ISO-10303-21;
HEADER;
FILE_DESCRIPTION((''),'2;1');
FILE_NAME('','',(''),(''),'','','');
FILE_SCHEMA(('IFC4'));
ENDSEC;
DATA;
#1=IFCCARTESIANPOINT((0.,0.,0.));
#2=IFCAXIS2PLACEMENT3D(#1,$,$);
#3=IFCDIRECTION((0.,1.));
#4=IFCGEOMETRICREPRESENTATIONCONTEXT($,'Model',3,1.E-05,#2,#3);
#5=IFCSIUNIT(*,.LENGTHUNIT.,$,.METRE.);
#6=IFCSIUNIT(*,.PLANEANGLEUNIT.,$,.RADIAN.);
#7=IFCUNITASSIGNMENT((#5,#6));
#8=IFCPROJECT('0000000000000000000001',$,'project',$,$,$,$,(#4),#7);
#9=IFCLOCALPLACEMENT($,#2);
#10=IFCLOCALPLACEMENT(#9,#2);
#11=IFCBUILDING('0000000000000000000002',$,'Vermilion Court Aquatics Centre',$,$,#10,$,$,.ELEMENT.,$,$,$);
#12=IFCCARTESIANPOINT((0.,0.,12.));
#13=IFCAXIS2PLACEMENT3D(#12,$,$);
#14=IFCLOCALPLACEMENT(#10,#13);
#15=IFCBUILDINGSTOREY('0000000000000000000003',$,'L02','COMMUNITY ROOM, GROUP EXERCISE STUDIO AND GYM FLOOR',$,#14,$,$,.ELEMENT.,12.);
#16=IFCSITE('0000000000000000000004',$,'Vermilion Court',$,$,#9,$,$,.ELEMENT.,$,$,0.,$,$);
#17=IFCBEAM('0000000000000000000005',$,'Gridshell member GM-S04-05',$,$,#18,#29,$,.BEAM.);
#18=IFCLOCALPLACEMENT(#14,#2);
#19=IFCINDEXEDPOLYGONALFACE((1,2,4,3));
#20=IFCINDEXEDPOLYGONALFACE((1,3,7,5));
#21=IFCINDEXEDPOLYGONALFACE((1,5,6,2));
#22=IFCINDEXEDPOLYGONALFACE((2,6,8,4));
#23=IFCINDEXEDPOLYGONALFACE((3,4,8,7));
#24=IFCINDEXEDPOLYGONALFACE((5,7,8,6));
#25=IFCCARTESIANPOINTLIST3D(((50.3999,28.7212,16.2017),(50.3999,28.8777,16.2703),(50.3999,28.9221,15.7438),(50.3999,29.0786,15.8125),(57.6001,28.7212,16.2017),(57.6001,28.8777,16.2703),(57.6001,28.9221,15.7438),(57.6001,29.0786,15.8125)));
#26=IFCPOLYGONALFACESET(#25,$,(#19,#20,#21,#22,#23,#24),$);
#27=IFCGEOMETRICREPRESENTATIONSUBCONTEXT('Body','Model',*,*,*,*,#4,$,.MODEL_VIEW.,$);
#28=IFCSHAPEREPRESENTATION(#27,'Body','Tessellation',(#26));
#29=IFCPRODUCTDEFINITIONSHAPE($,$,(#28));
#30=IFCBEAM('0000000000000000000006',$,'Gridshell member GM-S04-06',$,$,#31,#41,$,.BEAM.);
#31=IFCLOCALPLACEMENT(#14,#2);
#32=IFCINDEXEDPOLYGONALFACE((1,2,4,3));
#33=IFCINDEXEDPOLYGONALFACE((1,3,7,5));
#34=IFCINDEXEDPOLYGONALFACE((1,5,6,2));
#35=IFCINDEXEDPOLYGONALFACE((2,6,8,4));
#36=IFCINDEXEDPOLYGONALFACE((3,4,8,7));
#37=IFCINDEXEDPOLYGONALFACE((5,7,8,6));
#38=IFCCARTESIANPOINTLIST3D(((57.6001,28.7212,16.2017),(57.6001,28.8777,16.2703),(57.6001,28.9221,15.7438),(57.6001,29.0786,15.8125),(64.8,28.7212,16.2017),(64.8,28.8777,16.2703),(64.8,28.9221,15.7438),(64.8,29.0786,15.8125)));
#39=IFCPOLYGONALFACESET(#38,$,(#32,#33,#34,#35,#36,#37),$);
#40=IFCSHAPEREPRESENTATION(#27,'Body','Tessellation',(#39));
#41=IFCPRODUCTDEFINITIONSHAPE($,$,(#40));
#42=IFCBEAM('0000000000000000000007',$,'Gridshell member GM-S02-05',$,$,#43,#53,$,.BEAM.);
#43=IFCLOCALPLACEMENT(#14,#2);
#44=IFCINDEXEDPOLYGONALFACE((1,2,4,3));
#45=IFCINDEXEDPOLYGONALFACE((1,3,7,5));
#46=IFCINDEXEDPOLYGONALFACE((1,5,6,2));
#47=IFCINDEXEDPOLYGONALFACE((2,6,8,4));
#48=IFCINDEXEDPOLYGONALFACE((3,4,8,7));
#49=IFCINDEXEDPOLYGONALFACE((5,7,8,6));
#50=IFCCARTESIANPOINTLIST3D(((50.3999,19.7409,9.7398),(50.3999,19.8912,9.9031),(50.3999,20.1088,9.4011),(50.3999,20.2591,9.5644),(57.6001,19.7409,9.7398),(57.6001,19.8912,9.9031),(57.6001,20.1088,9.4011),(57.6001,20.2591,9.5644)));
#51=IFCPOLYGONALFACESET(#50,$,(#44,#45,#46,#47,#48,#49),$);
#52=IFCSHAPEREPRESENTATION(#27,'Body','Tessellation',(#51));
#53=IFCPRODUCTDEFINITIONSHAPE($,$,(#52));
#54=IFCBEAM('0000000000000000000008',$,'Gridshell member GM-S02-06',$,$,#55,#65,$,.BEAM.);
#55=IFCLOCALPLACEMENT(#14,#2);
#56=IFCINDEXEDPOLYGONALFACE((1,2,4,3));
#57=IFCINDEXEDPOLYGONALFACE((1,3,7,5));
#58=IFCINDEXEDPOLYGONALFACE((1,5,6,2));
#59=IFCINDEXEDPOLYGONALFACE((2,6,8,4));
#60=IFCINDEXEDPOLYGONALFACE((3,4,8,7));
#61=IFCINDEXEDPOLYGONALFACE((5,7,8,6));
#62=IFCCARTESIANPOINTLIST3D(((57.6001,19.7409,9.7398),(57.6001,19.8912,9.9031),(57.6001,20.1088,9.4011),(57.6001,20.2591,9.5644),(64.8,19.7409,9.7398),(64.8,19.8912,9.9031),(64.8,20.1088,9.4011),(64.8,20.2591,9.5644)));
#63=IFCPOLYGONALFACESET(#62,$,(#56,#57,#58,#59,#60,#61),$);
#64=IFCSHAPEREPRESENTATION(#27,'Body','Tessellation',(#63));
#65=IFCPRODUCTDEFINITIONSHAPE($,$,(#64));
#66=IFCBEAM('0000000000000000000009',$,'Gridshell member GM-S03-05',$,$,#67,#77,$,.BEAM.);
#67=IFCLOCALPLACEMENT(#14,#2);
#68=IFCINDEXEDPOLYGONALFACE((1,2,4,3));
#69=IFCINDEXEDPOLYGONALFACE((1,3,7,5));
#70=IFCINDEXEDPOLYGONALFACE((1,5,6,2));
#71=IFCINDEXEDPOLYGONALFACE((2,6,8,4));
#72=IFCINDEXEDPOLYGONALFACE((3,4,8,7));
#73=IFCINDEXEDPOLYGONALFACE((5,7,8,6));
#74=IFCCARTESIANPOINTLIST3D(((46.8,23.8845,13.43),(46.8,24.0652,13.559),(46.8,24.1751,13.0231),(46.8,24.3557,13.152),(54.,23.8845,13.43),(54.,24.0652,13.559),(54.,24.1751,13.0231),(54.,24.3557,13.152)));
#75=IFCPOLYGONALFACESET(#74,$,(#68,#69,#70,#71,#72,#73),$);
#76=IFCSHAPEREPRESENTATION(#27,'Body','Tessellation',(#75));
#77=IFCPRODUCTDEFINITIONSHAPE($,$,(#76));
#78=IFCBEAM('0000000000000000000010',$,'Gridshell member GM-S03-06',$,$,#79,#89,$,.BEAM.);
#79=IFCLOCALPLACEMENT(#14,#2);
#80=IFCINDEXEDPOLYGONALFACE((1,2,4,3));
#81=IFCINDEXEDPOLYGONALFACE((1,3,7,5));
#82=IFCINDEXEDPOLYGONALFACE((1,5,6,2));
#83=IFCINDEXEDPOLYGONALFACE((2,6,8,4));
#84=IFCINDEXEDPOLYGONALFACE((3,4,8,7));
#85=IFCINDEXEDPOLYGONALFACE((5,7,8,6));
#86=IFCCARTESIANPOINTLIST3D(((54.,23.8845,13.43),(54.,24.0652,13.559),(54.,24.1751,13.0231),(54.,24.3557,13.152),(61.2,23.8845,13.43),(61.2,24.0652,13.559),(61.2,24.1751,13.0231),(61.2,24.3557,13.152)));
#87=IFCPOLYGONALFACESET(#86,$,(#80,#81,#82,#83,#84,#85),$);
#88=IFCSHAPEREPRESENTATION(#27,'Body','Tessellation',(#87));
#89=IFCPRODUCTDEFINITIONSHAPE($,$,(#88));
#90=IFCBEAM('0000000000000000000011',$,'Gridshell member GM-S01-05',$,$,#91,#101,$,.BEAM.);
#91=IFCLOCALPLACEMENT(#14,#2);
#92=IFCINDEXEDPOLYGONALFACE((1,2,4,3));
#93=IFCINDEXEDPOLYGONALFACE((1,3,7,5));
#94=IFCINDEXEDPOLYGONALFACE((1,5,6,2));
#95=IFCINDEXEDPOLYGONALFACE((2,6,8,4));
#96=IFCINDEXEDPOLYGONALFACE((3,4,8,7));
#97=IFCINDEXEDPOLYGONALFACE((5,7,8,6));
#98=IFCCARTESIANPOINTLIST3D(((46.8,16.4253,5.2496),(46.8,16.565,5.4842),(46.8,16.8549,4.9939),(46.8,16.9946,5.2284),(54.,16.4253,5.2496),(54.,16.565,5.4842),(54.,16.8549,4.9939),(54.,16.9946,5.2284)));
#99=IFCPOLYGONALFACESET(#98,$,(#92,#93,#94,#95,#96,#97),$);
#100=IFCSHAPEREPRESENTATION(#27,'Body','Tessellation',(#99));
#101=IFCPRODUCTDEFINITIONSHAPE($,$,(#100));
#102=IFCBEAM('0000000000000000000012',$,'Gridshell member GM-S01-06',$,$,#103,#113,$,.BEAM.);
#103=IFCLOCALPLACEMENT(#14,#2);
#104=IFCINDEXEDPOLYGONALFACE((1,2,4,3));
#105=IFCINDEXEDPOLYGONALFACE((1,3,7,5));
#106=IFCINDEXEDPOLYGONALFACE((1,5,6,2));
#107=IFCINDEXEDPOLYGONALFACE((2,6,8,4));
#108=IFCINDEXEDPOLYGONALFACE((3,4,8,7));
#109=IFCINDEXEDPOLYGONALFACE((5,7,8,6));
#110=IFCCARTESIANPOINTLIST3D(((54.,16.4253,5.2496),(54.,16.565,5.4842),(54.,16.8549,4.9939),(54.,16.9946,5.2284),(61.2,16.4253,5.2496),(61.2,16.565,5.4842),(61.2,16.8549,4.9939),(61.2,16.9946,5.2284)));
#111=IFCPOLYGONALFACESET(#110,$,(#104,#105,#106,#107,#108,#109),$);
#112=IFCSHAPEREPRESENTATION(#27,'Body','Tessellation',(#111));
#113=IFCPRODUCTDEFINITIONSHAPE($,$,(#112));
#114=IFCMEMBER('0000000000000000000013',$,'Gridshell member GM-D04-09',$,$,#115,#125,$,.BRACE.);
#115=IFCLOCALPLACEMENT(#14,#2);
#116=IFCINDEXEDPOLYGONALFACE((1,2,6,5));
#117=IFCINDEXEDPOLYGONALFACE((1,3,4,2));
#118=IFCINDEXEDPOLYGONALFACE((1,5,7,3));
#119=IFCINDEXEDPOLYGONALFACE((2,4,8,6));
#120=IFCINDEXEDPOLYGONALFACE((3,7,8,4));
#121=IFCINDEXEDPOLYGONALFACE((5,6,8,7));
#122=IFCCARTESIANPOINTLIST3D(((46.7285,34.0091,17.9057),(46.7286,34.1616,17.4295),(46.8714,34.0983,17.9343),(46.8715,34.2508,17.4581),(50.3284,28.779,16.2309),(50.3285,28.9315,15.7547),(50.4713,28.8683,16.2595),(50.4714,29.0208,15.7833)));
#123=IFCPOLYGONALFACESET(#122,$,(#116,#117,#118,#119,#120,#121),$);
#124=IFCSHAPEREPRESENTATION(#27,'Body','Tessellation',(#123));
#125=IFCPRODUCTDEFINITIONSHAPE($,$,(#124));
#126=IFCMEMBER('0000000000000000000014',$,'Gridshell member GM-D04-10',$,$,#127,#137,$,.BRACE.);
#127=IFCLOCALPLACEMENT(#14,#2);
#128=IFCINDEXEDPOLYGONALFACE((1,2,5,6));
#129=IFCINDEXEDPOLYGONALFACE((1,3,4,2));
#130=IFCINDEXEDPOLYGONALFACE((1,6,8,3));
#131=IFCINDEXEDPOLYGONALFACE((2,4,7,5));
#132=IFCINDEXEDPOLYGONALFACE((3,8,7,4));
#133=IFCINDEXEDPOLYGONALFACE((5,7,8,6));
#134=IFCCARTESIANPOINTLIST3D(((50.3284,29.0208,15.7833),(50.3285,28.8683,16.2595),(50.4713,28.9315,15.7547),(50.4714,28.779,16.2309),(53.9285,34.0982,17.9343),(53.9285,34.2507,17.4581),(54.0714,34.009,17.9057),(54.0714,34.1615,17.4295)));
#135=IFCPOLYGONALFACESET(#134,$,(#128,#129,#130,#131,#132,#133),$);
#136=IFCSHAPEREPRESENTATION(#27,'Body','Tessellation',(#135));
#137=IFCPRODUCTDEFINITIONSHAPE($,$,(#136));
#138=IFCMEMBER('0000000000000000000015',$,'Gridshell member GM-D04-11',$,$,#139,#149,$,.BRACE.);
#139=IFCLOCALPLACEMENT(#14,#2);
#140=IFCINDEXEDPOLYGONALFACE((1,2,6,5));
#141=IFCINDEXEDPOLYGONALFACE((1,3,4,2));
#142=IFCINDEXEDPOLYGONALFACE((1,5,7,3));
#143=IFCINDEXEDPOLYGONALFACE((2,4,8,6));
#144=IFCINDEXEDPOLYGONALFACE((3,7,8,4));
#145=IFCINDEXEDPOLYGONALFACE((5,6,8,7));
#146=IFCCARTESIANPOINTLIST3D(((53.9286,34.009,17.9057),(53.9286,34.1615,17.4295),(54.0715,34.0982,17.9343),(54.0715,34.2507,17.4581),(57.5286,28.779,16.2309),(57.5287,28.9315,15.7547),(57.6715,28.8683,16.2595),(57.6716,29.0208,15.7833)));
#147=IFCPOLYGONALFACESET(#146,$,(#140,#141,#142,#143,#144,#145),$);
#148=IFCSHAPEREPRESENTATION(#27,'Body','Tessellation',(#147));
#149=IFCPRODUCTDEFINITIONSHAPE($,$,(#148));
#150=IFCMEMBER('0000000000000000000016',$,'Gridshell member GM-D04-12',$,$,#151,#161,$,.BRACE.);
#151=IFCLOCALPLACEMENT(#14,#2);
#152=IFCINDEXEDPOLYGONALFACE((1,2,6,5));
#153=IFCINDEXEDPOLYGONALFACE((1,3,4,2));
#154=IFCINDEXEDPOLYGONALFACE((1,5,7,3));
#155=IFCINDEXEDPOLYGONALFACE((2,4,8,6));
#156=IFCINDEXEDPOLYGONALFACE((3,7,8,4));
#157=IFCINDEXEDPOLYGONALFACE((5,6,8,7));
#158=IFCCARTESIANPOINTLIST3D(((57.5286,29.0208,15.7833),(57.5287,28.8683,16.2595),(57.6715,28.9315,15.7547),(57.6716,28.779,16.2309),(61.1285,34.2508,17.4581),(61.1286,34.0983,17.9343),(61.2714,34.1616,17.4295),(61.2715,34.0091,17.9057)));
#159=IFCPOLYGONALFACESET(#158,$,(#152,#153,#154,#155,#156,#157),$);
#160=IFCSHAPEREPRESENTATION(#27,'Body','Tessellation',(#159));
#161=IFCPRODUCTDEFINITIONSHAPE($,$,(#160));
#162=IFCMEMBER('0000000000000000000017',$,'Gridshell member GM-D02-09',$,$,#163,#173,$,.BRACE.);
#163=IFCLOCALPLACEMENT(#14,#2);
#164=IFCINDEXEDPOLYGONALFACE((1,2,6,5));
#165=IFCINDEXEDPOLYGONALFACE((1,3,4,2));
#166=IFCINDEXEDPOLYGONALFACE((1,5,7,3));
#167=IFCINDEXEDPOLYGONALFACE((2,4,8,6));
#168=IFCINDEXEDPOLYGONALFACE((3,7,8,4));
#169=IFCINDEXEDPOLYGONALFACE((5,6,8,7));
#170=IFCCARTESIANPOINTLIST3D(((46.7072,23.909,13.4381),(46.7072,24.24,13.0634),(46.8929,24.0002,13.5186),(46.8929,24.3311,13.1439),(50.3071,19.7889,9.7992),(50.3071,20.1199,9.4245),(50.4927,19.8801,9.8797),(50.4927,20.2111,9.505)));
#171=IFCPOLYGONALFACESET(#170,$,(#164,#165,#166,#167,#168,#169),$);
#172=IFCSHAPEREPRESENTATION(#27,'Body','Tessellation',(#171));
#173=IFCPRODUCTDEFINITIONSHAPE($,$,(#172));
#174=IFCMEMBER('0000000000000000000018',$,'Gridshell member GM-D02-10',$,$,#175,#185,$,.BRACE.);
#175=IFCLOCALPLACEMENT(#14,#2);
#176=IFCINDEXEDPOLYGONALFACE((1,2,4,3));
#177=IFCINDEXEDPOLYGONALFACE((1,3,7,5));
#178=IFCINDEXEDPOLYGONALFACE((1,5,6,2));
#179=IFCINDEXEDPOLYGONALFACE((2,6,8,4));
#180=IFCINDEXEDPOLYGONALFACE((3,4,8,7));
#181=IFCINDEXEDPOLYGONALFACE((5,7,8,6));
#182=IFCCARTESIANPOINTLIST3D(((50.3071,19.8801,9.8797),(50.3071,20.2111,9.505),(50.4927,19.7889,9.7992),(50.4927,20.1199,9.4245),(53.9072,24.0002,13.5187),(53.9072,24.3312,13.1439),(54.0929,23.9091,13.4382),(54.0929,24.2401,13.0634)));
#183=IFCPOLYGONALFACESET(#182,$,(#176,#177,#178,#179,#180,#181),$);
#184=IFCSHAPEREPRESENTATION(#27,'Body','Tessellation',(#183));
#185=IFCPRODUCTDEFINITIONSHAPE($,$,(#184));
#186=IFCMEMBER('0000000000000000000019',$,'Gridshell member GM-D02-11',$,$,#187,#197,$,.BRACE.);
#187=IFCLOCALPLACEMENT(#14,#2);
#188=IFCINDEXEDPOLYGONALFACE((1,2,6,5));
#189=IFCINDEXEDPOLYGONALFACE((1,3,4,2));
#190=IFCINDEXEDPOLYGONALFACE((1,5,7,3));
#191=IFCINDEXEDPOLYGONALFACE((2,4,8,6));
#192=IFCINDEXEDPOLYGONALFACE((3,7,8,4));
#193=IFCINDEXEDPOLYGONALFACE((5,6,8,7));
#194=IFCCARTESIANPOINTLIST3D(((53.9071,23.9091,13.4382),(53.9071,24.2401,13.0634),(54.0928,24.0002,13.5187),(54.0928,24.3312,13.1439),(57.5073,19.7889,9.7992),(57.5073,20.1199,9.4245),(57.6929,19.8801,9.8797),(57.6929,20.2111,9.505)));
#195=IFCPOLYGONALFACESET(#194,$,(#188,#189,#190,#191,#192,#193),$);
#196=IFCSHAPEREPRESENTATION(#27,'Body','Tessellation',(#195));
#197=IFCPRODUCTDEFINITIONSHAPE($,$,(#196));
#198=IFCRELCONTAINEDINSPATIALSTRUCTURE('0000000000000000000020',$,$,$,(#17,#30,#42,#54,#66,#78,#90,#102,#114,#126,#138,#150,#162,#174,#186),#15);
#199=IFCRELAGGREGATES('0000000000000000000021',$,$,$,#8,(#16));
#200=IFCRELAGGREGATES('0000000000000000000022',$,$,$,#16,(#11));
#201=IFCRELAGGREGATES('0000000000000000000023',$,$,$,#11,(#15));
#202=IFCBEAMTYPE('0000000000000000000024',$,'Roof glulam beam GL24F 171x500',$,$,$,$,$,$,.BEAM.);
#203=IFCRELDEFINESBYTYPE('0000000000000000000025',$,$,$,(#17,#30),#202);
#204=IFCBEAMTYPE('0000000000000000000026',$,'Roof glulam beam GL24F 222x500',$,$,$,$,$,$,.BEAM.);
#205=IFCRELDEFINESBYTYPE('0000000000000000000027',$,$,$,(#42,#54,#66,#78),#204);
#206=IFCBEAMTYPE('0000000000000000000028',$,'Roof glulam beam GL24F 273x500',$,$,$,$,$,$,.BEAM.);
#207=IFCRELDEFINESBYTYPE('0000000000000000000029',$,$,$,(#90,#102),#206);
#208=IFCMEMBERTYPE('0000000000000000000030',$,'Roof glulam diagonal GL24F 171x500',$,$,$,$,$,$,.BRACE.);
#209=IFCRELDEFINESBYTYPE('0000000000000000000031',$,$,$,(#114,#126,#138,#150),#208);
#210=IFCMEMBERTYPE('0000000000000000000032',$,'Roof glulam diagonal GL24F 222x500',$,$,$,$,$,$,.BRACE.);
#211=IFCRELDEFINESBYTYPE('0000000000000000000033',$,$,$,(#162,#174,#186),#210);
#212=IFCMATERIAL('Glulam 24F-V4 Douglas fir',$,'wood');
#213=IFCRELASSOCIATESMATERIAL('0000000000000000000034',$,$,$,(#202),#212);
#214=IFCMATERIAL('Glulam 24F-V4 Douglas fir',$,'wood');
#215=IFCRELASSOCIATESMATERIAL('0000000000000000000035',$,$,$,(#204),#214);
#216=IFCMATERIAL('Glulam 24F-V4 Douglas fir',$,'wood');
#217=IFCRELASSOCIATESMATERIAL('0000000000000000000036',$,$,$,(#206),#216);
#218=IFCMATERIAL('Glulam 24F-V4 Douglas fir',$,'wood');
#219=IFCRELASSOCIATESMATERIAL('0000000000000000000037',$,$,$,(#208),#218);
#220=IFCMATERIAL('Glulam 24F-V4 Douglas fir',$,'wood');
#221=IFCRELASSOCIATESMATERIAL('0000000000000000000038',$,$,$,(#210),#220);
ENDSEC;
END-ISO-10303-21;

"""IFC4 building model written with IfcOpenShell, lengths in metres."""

from ifc_helpers import new_model, si_unit, direction, frame, origin, origin_2d, place, context, subcontext, project, spatial, rectangle, extrude, material, material_profile, profile_set, type_object, element, save


model = new_model("IFC4")

# Units and contexts
model_context = context("Model", 3, precision=1e-05, world=origin(), true_north=direction((0.0, 1.0)))
body_context = subcontext(model_context, "Body", "Model", "MODEL_VIEW")
ifc_project = project(units=[si_unit("LENGTHUNIT", "METRE"), si_unit("PLANEANGLEUNIT", "RADIAN")], contexts=[model_context])

# Site, building, storey
site_placement = place(None, origin())
site = spatial("IfcSite", under=ifc_project, at=site_placement, Name="Vermilion Court", CompositionType="ELEMENT", RefElevation=0.0)
building_placement = place(site_placement, origin())
building = spatial("IfcBuilding", under=site, at=building_placement, Name="Vermilion Court Aquatics Centre", CompositionType="ELEMENT")
storey_placement = place(building_placement, frame((0.0, 0.0, 12.0)))
storey = spatial("IfcBuildingStorey", under=building, at=storey_placement, Name="L02", Description="COMMUNITY ROOM, GROUP EXERCISE STUDIO AND GYM FLOOR", CompositionType="ELEMENT", Elevation=12.0)

# Beams
ifc_material_1 = material(Name="Glulam 24F-V4 Douglas fir", Category="wood")
ifc_material_profile_1 = material_profile(ifc_material_1, rectangle(XDim=0.1709, YDim=0.5, at=origin_2d()), Name="GL24F 171x500")
ifc_profile_set_1 = profile_set([ifc_material_profile_1], Name="Glulam 24F-V4 Douglas fir")
beam_type_1 = type_object("IfcBeamType", Name="Roof glulam beam GL24F 171x500", PredefinedType="BEAM", material=ifc_profile_set_1)
beam_1_placement = place(storey_placement, frame((50.3999, 28.8999, 16.0071), z_axis=(1.0, 0.0, 0.0), x_axis=(0.0, 0.915794, 0.401648)))
element("IfcBeam", 1, at=beam_1_placement, inside=storey, type_object=beam_type_1, Name="Gridshell member GM-S04-05", PredefinedType="BEAM", context=body_context, shape_type="SweptSolid", body=[
    extrude(rectangle(XDim=0.1709, YDim=0.5, at=origin_2d()), origin(), (0.0, 0.0, 1.0), 7.2002),
])
beam_2_placement = place(storey_placement, frame((57.6001, 28.8999, 16.0071), z_axis=(1.0, 0.0, 0.0), x_axis=(0.0, 0.915794, 0.401648)))
element("IfcBeam", 2, at=beam_2_placement, inside=storey, type_object=beam_type_1, Name="Gridshell member GM-S04-06", PredefinedType="BEAM", context=body_context, shape_type="SweptSolid", body=[
    extrude(rectangle(XDim=0.1709, YDim=0.5, at=origin_2d()), origin(), (0.0, 0.0, 1.0), 7.2),
])
ifc_material_2 = material(Name="Glulam 24F-V4 Douglas fir", Category="wood")
ifc_material_profile_2 = material_profile(ifc_material_2, rectangle(XDim=0.2219, YDim=0.5, at=origin_2d()), Name="GL24F 222x500")
ifc_profile_set_2 = profile_set([ifc_material_profile_2], Name="Glulam 24F-V4 Douglas fir")
beam_type_2 = type_object("IfcBeamType", Name="Roof glulam beam GL24F 222x500", PredefinedType="BEAM", material=ifc_profile_set_2)
beam_3_placement = place(storey_placement, frame((50.3999, 20.0, 9.6521), z_axis=(1.0, 0.0, 0.0), x_axis=(0.0, 0.67726, 0.735744)))
element("IfcBeam", 3, at=beam_3_placement, inside=storey, type_object=beam_type_2, Name="Gridshell member GM-S02-05", PredefinedType="BEAM", context=body_context, shape_type="SweptSolid", body=[
    extrude(rectangle(XDim=0.2219, YDim=0.5, at=origin_2d()), origin(), (0.0, 0.0, 1.0), 7.2002),
])
for number, where, z_axis, x_axis, name in (
    (4, (57.6001, 20.0, 9.6521), (1.0, 0.0, 0.0), (0.0, 0.67726, 0.735744), "Gridshell member GM-S02-06"),
    (5, (46.8, 24.1201, 13.291), (1.0, 0.0, 0.0), (0.0, 0.813848, 0.581078), "Gridshell member GM-S03-05"),
    (6, (54.0, 24.1201, 13.291), (1.0, 0.0, 0.0), (0.0, 0.813848, 0.581078), "Gridshell member GM-S03-06"),
):
    element("IfcBeam", number, at=place(storey_placement, frame(where, z_axis=z_axis, x_axis=x_axis)), inside=storey, type_object=beam_type_2, Name=name, PredefinedType="BEAM", context=body_context, shape_type="SweptSolid", body=[
        extrude(rectangle(XDim=0.2219, YDim=0.5, at=origin_2d()), origin(), (0.0, 0.0, 1.0), 7.2),
    ])
ifc_material_3 = material(Name="Glulam 24F-V4 Douglas fir", Category="wood")
ifc_material_profile_3 = material_profile(ifc_material_3, rectangle(XDim=0.2729, YDim=0.5, at=origin_2d()), Name="GL24F 273x500")
ifc_profile_set_3 = profile_set([ifc_material_profile_3], Name="Glulam 24F-V4 Douglas fir")
beam_type_3 = type_object("IfcBeamType", Name="Roof glulam beam GL24F 273x500", PredefinedType="BEAM", material=ifc_profile_set_3)
for number, where, z_axis, x_axis, name in (
    (7, (46.8, 16.71, 5.239), (1.0, 0.0, 0.0), (0.0, 0.511595, 0.859227), "Gridshell member GM-S01-05"),
    (8, (54.0, 16.71, 5.239), (1.0, 0.0, 0.0), (0.0, 0.511595, 0.859227), "Gridshell member GM-S01-06"),
):
    element("IfcBeam", number, at=place(storey_placement, frame(where, z_axis=z_axis, x_axis=x_axis)), inside=storey, type_object=beam_type_3, Name=name, PredefinedType="BEAM", context=body_context, shape_type="SweptSolid", body=[
        extrude(rectangle(XDim=0.2729, YDim=0.5, at=origin_2d()), origin(), (0.0, 0.0, 1.0), 7.2),
    ])

# Members
ifc_material_4 = material(Name="Glulam 24F-V4 Douglas fir", Category="wood")
ifc_material_profile_4 = material_profile(ifc_material_4, rectangle(XDim=0.1709, YDim=0.5, at=origin_2d()), Name="GL24F 171x500")
ifc_profile_set_4 = profile_set([ifc_material_profile_4], Name="Glulam 24F-V4 Douglas fir")
member_type_1 = type_object("IfcMemberType", Name="Roof glulam diagonal GL24F 171x500", PredefinedType="BRACE", material=ifc_profile_set_4)
for number, where, z_axis, x_axis, name in (
    (9, (50.3999, 28.8999, 16.0071), (-0.54823, 0.796485, 0.25506), (-0.836328, -0.522086, -0.167278), "Gridshell member GM-D04-09"),
    (10, (50.3999, 28.8999, 16.0071), (0.548256, 0.796469, 0.255055), (-0.836311, 0.522113, 0.167278), "Gridshell member GM-D04-10"),
    (11, (57.6001, 28.8999, 16.0071), (-0.548256, 0.796469, 0.255055), (-0.836311, -0.522113, -0.167278), "Gridshell member GM-D04-11"),
    (12, (57.6001, 28.8999, 16.0071), (0.54823, 0.796485, 0.25506), (-0.836328, 0.522086, 0.167278), "Gridshell member GM-D04-12"),
):
    element("IfcMember", number, at=place(storey_placement, frame(where, z_axis=z_axis, x_axis=x_axis)), inside=storey, type_object=member_type_1, Name=name, PredefinedType="BRACE", context=body_context, shape_type="SweptSolid", body=[
        extrude(rectangle(XDim=0.1709, YDim=0.5, at=origin_2d()), origin(), (0.0, 0.0, 1.0), 6.5664),
    ])
ifc_material_5 = material(Name="Glulam 24F-V4 Douglas fir", Category="wood")
ifc_material_profile_5 = material_profile(ifc_material_5, rectangle(XDim=0.2219, YDim=0.5, at=origin_2d()), Name="GL24F 222x500")
ifc_profile_set_5 = profile_set([ifc_material_profile_5], Name="Glulam 24F-V4 Douglas fir")
member_type_2 = type_object("IfcMemberType", Name="Roof glulam diagonal GL24F 222x500", PredefinedType="BRACE", material=ifc_profile_set_5)
member_1_placement = place(storey_placement, frame((50.3999, 20.0, 9.6521), z_axis=(-0.547852, 0.62703, 0.553797), x_axis=(-0.836575, -0.410632, -0.362661)))
element("IfcMember", 13, at=member_1_placement, inside=storey, type_object=member_type_2, Name="Gridshell member GM-D02-09", PredefinedType="BRACE", context=body_context, shape_type="SweptSolid", body=[
    extrude(rectangle(XDim=0.2219, YDim=0.5, at=origin_2d()), origin(), (0.0, 0.0, 1.0), 6.5708),
])
for number, where, z_axis, x_axis, name in (
    (14, (50.3999, 20.0, 9.6521), (0.547878, 0.627017, 0.553786), (-0.836558, 0.410664, 0.362664), "Gridshell member GM-D02-10"),
    (15, (57.6001, 20.0, 9.6521), (-0.547878, 0.627017, 0.553786), (-0.836558, -0.410664, -0.362664), "Gridshell member GM-D02-11"),
):
    element("IfcMember", number, at=place(storey_placement, frame(where, z_axis=z_axis, x_axis=x_axis)), inside=storey, type_object=member_type_2, Name=name, PredefinedType="BRACE", context=body_context, shape_type="SweptSolid", body=[
        extrude(rectangle(XDim=0.2219, YDim=0.5, at=origin_2d()), origin(), (0.0, 0.0, 1.0), 6.571),
    ])

save(model, "model.ifc")
